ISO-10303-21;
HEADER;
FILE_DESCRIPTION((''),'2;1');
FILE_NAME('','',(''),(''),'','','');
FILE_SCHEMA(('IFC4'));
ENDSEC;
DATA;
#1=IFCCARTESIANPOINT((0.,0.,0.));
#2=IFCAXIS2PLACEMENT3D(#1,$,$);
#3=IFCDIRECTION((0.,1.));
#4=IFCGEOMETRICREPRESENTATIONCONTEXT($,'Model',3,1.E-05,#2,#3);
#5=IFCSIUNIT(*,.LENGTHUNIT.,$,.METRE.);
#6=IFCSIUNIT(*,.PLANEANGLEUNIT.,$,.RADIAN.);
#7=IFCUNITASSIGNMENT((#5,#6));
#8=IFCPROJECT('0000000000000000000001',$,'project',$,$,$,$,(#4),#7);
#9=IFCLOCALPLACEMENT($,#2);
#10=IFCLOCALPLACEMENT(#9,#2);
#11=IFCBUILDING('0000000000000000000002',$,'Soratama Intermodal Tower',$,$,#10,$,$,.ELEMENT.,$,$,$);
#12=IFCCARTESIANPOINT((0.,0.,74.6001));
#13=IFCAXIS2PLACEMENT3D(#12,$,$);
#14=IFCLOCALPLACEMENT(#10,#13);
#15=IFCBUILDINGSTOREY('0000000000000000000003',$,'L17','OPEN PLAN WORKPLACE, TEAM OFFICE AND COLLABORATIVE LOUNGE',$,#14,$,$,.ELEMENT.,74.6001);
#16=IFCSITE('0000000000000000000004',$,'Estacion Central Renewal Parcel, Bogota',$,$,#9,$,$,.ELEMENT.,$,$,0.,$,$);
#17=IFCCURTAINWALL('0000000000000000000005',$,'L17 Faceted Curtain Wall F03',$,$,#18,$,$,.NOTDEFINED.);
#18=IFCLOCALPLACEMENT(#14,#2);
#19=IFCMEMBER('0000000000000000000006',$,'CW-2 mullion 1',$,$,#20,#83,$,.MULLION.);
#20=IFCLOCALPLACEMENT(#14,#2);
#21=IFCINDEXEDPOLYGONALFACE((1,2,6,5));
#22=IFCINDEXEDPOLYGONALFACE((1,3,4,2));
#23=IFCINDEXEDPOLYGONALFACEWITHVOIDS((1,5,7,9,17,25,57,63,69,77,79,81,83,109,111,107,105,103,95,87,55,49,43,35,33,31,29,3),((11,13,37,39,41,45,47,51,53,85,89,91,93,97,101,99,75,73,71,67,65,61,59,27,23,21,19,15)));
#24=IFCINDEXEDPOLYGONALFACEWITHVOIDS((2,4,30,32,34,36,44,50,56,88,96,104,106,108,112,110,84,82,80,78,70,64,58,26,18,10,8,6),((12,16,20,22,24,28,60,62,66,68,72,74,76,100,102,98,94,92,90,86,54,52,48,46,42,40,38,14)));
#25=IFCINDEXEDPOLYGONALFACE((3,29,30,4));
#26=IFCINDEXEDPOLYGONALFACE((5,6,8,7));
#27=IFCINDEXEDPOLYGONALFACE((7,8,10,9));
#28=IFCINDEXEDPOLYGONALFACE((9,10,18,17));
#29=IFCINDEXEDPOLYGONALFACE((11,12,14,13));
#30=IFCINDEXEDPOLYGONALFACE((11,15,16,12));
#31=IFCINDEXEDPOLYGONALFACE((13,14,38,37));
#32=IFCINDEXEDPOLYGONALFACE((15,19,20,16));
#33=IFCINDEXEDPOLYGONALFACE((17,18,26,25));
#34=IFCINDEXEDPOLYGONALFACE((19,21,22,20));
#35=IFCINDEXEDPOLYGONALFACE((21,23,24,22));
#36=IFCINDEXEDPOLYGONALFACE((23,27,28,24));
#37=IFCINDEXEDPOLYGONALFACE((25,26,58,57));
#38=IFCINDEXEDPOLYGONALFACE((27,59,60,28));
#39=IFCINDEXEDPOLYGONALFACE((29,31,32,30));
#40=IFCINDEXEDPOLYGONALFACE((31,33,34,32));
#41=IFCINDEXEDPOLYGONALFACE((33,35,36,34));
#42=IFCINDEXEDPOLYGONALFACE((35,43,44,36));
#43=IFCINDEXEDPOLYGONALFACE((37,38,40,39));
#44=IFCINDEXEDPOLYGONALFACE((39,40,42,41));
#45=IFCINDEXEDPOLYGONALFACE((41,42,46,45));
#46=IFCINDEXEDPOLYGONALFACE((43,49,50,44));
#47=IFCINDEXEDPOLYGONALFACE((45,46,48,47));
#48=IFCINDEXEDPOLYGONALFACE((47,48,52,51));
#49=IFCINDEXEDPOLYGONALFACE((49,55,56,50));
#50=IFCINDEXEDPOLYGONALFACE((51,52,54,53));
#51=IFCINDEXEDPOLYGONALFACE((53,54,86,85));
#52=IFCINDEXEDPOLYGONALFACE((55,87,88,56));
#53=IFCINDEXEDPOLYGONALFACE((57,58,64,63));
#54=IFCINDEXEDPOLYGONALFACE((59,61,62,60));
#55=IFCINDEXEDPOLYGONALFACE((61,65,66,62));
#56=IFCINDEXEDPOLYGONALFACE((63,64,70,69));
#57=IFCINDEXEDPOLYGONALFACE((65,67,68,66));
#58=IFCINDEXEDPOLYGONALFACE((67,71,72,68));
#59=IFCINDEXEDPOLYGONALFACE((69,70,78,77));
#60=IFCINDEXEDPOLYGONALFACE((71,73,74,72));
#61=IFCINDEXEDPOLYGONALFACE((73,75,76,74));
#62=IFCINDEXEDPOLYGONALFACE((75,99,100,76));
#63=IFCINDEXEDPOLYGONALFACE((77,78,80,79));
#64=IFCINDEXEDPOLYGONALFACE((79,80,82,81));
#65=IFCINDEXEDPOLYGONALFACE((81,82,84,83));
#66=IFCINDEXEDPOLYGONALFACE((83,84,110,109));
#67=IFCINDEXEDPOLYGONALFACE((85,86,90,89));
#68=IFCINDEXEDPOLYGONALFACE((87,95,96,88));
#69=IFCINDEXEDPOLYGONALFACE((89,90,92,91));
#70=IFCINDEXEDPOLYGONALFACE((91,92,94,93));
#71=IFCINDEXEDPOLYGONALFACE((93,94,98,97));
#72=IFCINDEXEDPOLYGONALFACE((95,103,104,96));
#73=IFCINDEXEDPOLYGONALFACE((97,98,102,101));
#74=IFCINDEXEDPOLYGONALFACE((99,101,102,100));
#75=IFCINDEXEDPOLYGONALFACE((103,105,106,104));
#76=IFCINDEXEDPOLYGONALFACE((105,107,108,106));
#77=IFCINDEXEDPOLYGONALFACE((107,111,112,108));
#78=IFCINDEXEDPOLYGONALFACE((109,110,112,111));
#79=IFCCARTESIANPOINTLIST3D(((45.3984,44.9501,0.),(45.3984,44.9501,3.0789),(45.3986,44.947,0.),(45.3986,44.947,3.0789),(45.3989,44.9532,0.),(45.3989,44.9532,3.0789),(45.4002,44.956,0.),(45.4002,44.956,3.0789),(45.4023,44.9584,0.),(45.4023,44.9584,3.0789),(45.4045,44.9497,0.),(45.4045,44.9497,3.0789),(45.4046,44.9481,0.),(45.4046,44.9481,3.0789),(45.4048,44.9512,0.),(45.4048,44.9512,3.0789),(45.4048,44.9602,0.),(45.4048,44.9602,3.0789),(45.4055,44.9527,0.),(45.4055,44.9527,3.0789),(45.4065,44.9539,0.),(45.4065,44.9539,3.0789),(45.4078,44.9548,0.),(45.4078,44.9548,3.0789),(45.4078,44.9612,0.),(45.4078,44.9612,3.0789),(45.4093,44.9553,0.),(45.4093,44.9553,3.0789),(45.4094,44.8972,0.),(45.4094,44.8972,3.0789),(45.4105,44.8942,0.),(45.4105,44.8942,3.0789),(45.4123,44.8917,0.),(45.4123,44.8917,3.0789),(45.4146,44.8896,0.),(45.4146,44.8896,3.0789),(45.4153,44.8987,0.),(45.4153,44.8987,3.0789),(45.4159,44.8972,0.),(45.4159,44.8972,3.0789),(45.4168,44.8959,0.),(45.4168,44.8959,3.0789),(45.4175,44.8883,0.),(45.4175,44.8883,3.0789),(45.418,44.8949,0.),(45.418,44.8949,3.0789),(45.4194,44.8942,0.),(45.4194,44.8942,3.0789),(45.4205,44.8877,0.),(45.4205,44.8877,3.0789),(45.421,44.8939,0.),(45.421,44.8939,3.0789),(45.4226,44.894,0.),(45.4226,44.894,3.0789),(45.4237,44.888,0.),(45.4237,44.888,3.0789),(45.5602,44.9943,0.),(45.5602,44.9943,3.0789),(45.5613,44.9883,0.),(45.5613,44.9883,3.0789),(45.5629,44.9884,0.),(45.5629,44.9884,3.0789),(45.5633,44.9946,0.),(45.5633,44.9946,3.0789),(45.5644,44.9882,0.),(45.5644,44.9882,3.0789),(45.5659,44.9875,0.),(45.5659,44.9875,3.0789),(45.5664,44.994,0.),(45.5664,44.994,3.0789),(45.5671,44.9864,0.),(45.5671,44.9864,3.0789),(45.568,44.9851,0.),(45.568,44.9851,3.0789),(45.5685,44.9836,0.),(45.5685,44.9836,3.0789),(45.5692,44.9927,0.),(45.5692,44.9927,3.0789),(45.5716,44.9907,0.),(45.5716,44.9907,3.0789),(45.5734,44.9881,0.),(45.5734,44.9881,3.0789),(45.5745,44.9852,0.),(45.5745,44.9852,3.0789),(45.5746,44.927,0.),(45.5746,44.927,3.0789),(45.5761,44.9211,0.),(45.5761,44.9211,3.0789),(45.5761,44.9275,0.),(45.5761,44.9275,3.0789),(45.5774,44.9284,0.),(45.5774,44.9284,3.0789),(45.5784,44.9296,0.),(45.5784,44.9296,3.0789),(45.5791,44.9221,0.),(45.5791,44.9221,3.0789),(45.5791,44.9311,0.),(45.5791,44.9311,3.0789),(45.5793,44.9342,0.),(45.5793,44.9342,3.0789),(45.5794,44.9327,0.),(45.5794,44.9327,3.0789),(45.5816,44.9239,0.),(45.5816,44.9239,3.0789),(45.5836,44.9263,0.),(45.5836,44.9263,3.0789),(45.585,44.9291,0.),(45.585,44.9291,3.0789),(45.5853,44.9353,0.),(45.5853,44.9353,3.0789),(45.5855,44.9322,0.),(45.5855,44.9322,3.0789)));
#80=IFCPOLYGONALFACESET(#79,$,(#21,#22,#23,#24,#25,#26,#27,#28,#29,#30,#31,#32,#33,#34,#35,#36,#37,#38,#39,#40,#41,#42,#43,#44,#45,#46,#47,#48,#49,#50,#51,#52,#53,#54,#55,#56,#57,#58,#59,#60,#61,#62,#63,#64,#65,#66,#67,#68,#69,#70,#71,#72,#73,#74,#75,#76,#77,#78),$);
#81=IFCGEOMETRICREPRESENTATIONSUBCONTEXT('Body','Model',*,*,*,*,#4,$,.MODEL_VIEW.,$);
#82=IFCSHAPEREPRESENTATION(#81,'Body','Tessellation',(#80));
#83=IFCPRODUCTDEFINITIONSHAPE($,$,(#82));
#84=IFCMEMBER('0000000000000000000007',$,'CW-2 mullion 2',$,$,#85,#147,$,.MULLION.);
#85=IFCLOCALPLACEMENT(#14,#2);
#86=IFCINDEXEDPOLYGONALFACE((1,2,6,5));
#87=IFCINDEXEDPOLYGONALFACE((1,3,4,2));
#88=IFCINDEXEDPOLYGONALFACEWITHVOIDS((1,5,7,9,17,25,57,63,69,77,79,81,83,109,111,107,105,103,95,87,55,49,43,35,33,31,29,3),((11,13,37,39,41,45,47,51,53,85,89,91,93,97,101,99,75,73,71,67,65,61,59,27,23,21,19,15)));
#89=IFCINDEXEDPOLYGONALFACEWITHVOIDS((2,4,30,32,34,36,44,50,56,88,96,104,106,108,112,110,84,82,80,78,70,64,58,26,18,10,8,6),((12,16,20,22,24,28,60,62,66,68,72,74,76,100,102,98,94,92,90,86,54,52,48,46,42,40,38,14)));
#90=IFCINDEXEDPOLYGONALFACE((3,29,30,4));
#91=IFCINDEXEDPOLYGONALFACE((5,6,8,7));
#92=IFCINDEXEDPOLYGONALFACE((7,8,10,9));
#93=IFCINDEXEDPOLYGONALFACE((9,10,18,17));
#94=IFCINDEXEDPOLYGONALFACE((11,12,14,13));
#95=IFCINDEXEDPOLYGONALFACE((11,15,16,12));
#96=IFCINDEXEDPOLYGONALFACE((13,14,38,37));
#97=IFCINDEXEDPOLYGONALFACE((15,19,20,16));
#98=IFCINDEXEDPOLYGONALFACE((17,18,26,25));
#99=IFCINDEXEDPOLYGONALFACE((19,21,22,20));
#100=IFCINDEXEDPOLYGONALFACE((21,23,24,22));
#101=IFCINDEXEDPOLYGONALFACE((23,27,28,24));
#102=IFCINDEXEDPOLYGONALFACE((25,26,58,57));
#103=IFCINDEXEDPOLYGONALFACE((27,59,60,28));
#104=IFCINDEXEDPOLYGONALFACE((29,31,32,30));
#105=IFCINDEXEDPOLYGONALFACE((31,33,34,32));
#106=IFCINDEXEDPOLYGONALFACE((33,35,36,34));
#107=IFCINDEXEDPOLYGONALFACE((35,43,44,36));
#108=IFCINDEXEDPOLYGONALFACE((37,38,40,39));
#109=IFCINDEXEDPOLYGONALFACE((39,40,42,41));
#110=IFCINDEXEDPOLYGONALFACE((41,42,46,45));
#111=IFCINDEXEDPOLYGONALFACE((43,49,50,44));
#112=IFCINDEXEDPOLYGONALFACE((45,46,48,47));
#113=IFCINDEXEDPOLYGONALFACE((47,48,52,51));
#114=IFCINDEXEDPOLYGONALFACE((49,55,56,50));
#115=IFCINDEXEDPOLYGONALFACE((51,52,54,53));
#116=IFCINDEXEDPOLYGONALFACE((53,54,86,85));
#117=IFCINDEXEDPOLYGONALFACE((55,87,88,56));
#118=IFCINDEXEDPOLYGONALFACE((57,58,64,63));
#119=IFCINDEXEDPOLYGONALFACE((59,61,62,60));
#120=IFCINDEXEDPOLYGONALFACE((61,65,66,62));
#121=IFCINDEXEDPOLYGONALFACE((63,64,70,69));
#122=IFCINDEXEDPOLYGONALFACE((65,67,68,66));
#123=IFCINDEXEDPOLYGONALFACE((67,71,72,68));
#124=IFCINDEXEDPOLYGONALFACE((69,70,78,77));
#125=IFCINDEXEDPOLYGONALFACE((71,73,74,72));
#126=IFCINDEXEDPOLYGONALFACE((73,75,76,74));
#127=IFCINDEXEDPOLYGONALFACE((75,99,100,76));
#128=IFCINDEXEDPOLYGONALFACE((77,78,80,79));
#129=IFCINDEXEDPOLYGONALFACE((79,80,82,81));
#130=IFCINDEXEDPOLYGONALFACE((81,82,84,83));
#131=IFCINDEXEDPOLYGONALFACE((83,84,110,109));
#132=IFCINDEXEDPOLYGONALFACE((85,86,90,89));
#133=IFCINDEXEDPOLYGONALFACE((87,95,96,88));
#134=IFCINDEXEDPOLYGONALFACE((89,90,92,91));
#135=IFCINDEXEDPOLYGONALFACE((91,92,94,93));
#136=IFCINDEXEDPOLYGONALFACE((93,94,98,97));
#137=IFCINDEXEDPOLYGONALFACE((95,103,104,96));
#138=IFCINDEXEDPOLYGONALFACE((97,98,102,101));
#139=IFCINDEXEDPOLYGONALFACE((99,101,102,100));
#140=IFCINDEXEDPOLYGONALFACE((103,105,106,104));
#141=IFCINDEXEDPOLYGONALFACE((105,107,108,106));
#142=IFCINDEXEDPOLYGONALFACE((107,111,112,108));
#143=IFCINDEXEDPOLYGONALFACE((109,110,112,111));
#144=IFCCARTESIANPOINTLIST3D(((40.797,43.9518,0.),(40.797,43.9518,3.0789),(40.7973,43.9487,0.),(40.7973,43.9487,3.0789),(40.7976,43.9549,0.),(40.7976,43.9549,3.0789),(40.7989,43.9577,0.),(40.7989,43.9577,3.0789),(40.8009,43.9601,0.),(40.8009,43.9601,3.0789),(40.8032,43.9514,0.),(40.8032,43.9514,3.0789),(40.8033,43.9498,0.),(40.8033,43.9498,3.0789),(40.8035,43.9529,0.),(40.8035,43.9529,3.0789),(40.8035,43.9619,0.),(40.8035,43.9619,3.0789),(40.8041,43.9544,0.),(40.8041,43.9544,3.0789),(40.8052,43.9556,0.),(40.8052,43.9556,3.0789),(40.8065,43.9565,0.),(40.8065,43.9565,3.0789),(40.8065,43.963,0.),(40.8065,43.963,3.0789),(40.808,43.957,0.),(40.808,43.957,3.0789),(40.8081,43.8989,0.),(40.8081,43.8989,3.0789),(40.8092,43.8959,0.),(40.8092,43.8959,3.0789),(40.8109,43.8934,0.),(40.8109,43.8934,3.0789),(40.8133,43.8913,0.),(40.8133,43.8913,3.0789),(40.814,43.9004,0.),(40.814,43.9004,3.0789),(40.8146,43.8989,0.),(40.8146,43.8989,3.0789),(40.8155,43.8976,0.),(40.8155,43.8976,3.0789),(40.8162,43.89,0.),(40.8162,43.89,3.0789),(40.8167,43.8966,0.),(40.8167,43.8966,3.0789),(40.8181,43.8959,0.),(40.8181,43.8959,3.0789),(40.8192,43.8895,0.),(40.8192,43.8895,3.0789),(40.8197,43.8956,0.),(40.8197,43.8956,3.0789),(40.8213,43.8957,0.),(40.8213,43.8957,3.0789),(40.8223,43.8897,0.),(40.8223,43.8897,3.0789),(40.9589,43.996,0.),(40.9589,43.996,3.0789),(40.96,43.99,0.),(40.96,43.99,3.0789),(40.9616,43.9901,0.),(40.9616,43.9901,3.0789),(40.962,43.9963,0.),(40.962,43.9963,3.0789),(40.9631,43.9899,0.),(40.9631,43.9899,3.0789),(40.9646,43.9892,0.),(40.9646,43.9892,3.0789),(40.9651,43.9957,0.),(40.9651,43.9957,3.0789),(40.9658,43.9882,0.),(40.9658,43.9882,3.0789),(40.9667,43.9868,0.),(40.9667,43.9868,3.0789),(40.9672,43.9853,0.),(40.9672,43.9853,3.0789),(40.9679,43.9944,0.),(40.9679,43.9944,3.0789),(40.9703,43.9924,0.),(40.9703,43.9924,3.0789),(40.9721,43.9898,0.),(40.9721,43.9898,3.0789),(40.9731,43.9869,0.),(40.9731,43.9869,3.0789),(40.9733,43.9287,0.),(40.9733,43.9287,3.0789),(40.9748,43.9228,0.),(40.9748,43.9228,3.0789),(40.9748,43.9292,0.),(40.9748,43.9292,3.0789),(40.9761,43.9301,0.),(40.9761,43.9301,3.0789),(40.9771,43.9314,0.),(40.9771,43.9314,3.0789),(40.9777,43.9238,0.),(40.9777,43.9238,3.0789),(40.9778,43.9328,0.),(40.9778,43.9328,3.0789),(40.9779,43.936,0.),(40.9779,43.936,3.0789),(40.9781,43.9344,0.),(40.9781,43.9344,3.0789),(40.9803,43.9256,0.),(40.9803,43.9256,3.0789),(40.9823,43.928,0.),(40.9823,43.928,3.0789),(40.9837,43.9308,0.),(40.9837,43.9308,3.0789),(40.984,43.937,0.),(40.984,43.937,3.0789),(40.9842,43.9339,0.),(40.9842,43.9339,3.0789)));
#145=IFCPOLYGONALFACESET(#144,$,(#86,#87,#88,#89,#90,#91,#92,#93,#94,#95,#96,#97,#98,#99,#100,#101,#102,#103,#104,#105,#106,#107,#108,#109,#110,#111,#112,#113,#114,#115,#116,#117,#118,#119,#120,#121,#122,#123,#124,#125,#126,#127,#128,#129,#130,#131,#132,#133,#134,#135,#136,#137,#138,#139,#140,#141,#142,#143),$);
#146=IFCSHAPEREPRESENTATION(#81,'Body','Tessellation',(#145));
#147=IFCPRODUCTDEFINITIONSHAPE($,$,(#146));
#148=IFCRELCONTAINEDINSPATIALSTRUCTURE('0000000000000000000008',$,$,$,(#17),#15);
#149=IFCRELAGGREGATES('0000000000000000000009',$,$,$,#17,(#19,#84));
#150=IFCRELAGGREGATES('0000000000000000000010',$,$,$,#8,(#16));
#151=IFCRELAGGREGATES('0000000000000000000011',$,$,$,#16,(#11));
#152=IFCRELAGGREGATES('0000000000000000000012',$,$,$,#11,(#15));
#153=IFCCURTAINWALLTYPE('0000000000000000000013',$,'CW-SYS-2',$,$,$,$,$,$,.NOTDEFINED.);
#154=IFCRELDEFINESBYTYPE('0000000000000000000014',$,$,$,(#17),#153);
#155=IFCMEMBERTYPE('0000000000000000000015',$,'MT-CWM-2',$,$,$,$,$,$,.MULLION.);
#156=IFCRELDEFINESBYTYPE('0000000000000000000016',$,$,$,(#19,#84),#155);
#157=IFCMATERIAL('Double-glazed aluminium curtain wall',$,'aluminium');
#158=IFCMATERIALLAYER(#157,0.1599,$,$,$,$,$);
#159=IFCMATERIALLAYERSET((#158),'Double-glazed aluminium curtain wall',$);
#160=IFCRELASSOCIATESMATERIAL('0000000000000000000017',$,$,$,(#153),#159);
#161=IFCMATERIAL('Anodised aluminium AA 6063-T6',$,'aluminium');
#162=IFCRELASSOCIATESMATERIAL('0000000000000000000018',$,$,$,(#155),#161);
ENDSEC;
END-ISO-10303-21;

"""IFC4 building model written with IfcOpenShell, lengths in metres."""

from ifc_helpers import new_model, si_unit, direction, frame, origin, origin_2d, place, context, subcontext, project, spatial, hollow_rectangle, extrude, material, layer, layer_set, material_profile, profile_set, type_object, element, aggregate, save


model = new_model("IFC4")

# Units and contexts
model_context = context("Model", 3, precision=1e-05, world=origin(), true_north=direction((0.0, 1.0)))
body_context = subcontext(model_context, "Body", "Model", "MODEL_VIEW")
ifc_project = project(units=[si_unit("LENGTHUNIT", "METRE"), si_unit("PLANEANGLEUNIT", "RADIAN")], contexts=[model_context])

# Site, building, storey
site_placement = place(None, origin())
site = spatial("IfcSite", under=ifc_project, at=site_placement, Name="Estacion Central Renewal Parcel, Bogota", CompositionType="ELEMENT", RefElevation=0.0)
building_placement = place(site_placement, origin())
building = spatial("IfcBuilding", under=site, at=building_placement, Name="Soratama Intermodal Tower", CompositionType="ELEMENT")
storey_placement = place(building_placement, frame((0.0, 0.0, 74.6001)))
storey = spatial("IfcBuildingStorey", under=building, at=storey_placement, Name="L17", Description="OPEN PLAN WORKPLACE, TEAM OFFICE AND COLLABORATIVE LOUNGE", CompositionType="ELEMENT", Elevation=74.6001)

# Shared definitions
ifc_material_1 = material(Name="Double-glazed aluminium curtain wall", Category="aluminium")
ifc_layer_1 = layer(ifc_material_1, 0.1599)
ifc_layer_set_1 = layer_set([ifc_layer_1], Name="Double-glazed aluminium curtain wall")
curtain_wall_type = type_object("IfcCurtainWallType", Name="CW-SYS-2", PredefinedType="NOTDEFINED", material=ifc_layer_set_1)
ifc_material_2 = material(Name="Anodised aluminium AA 6063-T6", Category="aluminium")
ifc_material_profile_1 = material_profile(ifc_material_2, hollow_rectangle(XDim=0.075, YDim=0.1799, WallThickness=0.0061, InnerFilletRadius=0.0061, OuterFilletRadius=0.012, at=origin_2d()), Name="CWM180X75X6")
ifc_profile_set_1 = profile_set([ifc_material_profile_1], Name="Anodised aluminium AA 6063-T6")
member_type_1 = type_object("IfcMemberType", Name="MT-CWM-2", PredefinedType="MULLION", material=ifc_profile_set_1)

# Curtain wall, members
curtain_wall_1_placement = place(storey_placement, origin())
curtain_wall_1 = element("IfcCurtainWall", 1, at=curtain_wall_1_placement, inside=storey, type_object=curtain_wall_type, Name="L17 Faceted Curtain Wall F03", PredefinedType="NOTDEFINED")
member_1_placement = place(storey_placement, frame((45.4919, 44.9412, 0.0), z_axis=(0.0, 0.0, 1.0), x_axis=(0.211999, -0.97727, 0.0)))
member_1 = element("IfcMember", 2, at=member_1_placement, type_object=member_type_1, Name="CW-2 mullion 1", PredefinedType="MULLION", context=body_context, shape_type="SweptSolid", body=[
    extrude(hollow_rectangle(XDim=0.075, YDim=0.1799, WallThickness=0.0061, InnerFilletRadius=0.0061, OuterFilletRadius=0.012, at=origin_2d()), origin(), (0.0, 0.0, 1.0), 3.0789),
])
member_2_placement = place(storey_placement, frame((40.8906, 43.9429, 0.0), z_axis=(0.0, 0.0, 1.0), x_axis=(0.211999, -0.97727, 0.0)))
member_2 = element("IfcMember", 3, at=member_2_placement, type_object=member_type_1, Name="CW-2 mullion 2", PredefinedType="MULLION", context=body_context, shape_type="SweptSolid", body=[
    extrude(hollow_rectangle(XDim=0.075, YDim=0.1799, WallThickness=0.0061, InnerFilletRadius=0.0061, OuterFilletRadius=0.012, at=origin_2d()), origin(), (0.0, 0.0, 1.0), 3.0789),
])

aggregate(curtain_wall_1, [member_1, member_2])

save(model, "model.ifc")
